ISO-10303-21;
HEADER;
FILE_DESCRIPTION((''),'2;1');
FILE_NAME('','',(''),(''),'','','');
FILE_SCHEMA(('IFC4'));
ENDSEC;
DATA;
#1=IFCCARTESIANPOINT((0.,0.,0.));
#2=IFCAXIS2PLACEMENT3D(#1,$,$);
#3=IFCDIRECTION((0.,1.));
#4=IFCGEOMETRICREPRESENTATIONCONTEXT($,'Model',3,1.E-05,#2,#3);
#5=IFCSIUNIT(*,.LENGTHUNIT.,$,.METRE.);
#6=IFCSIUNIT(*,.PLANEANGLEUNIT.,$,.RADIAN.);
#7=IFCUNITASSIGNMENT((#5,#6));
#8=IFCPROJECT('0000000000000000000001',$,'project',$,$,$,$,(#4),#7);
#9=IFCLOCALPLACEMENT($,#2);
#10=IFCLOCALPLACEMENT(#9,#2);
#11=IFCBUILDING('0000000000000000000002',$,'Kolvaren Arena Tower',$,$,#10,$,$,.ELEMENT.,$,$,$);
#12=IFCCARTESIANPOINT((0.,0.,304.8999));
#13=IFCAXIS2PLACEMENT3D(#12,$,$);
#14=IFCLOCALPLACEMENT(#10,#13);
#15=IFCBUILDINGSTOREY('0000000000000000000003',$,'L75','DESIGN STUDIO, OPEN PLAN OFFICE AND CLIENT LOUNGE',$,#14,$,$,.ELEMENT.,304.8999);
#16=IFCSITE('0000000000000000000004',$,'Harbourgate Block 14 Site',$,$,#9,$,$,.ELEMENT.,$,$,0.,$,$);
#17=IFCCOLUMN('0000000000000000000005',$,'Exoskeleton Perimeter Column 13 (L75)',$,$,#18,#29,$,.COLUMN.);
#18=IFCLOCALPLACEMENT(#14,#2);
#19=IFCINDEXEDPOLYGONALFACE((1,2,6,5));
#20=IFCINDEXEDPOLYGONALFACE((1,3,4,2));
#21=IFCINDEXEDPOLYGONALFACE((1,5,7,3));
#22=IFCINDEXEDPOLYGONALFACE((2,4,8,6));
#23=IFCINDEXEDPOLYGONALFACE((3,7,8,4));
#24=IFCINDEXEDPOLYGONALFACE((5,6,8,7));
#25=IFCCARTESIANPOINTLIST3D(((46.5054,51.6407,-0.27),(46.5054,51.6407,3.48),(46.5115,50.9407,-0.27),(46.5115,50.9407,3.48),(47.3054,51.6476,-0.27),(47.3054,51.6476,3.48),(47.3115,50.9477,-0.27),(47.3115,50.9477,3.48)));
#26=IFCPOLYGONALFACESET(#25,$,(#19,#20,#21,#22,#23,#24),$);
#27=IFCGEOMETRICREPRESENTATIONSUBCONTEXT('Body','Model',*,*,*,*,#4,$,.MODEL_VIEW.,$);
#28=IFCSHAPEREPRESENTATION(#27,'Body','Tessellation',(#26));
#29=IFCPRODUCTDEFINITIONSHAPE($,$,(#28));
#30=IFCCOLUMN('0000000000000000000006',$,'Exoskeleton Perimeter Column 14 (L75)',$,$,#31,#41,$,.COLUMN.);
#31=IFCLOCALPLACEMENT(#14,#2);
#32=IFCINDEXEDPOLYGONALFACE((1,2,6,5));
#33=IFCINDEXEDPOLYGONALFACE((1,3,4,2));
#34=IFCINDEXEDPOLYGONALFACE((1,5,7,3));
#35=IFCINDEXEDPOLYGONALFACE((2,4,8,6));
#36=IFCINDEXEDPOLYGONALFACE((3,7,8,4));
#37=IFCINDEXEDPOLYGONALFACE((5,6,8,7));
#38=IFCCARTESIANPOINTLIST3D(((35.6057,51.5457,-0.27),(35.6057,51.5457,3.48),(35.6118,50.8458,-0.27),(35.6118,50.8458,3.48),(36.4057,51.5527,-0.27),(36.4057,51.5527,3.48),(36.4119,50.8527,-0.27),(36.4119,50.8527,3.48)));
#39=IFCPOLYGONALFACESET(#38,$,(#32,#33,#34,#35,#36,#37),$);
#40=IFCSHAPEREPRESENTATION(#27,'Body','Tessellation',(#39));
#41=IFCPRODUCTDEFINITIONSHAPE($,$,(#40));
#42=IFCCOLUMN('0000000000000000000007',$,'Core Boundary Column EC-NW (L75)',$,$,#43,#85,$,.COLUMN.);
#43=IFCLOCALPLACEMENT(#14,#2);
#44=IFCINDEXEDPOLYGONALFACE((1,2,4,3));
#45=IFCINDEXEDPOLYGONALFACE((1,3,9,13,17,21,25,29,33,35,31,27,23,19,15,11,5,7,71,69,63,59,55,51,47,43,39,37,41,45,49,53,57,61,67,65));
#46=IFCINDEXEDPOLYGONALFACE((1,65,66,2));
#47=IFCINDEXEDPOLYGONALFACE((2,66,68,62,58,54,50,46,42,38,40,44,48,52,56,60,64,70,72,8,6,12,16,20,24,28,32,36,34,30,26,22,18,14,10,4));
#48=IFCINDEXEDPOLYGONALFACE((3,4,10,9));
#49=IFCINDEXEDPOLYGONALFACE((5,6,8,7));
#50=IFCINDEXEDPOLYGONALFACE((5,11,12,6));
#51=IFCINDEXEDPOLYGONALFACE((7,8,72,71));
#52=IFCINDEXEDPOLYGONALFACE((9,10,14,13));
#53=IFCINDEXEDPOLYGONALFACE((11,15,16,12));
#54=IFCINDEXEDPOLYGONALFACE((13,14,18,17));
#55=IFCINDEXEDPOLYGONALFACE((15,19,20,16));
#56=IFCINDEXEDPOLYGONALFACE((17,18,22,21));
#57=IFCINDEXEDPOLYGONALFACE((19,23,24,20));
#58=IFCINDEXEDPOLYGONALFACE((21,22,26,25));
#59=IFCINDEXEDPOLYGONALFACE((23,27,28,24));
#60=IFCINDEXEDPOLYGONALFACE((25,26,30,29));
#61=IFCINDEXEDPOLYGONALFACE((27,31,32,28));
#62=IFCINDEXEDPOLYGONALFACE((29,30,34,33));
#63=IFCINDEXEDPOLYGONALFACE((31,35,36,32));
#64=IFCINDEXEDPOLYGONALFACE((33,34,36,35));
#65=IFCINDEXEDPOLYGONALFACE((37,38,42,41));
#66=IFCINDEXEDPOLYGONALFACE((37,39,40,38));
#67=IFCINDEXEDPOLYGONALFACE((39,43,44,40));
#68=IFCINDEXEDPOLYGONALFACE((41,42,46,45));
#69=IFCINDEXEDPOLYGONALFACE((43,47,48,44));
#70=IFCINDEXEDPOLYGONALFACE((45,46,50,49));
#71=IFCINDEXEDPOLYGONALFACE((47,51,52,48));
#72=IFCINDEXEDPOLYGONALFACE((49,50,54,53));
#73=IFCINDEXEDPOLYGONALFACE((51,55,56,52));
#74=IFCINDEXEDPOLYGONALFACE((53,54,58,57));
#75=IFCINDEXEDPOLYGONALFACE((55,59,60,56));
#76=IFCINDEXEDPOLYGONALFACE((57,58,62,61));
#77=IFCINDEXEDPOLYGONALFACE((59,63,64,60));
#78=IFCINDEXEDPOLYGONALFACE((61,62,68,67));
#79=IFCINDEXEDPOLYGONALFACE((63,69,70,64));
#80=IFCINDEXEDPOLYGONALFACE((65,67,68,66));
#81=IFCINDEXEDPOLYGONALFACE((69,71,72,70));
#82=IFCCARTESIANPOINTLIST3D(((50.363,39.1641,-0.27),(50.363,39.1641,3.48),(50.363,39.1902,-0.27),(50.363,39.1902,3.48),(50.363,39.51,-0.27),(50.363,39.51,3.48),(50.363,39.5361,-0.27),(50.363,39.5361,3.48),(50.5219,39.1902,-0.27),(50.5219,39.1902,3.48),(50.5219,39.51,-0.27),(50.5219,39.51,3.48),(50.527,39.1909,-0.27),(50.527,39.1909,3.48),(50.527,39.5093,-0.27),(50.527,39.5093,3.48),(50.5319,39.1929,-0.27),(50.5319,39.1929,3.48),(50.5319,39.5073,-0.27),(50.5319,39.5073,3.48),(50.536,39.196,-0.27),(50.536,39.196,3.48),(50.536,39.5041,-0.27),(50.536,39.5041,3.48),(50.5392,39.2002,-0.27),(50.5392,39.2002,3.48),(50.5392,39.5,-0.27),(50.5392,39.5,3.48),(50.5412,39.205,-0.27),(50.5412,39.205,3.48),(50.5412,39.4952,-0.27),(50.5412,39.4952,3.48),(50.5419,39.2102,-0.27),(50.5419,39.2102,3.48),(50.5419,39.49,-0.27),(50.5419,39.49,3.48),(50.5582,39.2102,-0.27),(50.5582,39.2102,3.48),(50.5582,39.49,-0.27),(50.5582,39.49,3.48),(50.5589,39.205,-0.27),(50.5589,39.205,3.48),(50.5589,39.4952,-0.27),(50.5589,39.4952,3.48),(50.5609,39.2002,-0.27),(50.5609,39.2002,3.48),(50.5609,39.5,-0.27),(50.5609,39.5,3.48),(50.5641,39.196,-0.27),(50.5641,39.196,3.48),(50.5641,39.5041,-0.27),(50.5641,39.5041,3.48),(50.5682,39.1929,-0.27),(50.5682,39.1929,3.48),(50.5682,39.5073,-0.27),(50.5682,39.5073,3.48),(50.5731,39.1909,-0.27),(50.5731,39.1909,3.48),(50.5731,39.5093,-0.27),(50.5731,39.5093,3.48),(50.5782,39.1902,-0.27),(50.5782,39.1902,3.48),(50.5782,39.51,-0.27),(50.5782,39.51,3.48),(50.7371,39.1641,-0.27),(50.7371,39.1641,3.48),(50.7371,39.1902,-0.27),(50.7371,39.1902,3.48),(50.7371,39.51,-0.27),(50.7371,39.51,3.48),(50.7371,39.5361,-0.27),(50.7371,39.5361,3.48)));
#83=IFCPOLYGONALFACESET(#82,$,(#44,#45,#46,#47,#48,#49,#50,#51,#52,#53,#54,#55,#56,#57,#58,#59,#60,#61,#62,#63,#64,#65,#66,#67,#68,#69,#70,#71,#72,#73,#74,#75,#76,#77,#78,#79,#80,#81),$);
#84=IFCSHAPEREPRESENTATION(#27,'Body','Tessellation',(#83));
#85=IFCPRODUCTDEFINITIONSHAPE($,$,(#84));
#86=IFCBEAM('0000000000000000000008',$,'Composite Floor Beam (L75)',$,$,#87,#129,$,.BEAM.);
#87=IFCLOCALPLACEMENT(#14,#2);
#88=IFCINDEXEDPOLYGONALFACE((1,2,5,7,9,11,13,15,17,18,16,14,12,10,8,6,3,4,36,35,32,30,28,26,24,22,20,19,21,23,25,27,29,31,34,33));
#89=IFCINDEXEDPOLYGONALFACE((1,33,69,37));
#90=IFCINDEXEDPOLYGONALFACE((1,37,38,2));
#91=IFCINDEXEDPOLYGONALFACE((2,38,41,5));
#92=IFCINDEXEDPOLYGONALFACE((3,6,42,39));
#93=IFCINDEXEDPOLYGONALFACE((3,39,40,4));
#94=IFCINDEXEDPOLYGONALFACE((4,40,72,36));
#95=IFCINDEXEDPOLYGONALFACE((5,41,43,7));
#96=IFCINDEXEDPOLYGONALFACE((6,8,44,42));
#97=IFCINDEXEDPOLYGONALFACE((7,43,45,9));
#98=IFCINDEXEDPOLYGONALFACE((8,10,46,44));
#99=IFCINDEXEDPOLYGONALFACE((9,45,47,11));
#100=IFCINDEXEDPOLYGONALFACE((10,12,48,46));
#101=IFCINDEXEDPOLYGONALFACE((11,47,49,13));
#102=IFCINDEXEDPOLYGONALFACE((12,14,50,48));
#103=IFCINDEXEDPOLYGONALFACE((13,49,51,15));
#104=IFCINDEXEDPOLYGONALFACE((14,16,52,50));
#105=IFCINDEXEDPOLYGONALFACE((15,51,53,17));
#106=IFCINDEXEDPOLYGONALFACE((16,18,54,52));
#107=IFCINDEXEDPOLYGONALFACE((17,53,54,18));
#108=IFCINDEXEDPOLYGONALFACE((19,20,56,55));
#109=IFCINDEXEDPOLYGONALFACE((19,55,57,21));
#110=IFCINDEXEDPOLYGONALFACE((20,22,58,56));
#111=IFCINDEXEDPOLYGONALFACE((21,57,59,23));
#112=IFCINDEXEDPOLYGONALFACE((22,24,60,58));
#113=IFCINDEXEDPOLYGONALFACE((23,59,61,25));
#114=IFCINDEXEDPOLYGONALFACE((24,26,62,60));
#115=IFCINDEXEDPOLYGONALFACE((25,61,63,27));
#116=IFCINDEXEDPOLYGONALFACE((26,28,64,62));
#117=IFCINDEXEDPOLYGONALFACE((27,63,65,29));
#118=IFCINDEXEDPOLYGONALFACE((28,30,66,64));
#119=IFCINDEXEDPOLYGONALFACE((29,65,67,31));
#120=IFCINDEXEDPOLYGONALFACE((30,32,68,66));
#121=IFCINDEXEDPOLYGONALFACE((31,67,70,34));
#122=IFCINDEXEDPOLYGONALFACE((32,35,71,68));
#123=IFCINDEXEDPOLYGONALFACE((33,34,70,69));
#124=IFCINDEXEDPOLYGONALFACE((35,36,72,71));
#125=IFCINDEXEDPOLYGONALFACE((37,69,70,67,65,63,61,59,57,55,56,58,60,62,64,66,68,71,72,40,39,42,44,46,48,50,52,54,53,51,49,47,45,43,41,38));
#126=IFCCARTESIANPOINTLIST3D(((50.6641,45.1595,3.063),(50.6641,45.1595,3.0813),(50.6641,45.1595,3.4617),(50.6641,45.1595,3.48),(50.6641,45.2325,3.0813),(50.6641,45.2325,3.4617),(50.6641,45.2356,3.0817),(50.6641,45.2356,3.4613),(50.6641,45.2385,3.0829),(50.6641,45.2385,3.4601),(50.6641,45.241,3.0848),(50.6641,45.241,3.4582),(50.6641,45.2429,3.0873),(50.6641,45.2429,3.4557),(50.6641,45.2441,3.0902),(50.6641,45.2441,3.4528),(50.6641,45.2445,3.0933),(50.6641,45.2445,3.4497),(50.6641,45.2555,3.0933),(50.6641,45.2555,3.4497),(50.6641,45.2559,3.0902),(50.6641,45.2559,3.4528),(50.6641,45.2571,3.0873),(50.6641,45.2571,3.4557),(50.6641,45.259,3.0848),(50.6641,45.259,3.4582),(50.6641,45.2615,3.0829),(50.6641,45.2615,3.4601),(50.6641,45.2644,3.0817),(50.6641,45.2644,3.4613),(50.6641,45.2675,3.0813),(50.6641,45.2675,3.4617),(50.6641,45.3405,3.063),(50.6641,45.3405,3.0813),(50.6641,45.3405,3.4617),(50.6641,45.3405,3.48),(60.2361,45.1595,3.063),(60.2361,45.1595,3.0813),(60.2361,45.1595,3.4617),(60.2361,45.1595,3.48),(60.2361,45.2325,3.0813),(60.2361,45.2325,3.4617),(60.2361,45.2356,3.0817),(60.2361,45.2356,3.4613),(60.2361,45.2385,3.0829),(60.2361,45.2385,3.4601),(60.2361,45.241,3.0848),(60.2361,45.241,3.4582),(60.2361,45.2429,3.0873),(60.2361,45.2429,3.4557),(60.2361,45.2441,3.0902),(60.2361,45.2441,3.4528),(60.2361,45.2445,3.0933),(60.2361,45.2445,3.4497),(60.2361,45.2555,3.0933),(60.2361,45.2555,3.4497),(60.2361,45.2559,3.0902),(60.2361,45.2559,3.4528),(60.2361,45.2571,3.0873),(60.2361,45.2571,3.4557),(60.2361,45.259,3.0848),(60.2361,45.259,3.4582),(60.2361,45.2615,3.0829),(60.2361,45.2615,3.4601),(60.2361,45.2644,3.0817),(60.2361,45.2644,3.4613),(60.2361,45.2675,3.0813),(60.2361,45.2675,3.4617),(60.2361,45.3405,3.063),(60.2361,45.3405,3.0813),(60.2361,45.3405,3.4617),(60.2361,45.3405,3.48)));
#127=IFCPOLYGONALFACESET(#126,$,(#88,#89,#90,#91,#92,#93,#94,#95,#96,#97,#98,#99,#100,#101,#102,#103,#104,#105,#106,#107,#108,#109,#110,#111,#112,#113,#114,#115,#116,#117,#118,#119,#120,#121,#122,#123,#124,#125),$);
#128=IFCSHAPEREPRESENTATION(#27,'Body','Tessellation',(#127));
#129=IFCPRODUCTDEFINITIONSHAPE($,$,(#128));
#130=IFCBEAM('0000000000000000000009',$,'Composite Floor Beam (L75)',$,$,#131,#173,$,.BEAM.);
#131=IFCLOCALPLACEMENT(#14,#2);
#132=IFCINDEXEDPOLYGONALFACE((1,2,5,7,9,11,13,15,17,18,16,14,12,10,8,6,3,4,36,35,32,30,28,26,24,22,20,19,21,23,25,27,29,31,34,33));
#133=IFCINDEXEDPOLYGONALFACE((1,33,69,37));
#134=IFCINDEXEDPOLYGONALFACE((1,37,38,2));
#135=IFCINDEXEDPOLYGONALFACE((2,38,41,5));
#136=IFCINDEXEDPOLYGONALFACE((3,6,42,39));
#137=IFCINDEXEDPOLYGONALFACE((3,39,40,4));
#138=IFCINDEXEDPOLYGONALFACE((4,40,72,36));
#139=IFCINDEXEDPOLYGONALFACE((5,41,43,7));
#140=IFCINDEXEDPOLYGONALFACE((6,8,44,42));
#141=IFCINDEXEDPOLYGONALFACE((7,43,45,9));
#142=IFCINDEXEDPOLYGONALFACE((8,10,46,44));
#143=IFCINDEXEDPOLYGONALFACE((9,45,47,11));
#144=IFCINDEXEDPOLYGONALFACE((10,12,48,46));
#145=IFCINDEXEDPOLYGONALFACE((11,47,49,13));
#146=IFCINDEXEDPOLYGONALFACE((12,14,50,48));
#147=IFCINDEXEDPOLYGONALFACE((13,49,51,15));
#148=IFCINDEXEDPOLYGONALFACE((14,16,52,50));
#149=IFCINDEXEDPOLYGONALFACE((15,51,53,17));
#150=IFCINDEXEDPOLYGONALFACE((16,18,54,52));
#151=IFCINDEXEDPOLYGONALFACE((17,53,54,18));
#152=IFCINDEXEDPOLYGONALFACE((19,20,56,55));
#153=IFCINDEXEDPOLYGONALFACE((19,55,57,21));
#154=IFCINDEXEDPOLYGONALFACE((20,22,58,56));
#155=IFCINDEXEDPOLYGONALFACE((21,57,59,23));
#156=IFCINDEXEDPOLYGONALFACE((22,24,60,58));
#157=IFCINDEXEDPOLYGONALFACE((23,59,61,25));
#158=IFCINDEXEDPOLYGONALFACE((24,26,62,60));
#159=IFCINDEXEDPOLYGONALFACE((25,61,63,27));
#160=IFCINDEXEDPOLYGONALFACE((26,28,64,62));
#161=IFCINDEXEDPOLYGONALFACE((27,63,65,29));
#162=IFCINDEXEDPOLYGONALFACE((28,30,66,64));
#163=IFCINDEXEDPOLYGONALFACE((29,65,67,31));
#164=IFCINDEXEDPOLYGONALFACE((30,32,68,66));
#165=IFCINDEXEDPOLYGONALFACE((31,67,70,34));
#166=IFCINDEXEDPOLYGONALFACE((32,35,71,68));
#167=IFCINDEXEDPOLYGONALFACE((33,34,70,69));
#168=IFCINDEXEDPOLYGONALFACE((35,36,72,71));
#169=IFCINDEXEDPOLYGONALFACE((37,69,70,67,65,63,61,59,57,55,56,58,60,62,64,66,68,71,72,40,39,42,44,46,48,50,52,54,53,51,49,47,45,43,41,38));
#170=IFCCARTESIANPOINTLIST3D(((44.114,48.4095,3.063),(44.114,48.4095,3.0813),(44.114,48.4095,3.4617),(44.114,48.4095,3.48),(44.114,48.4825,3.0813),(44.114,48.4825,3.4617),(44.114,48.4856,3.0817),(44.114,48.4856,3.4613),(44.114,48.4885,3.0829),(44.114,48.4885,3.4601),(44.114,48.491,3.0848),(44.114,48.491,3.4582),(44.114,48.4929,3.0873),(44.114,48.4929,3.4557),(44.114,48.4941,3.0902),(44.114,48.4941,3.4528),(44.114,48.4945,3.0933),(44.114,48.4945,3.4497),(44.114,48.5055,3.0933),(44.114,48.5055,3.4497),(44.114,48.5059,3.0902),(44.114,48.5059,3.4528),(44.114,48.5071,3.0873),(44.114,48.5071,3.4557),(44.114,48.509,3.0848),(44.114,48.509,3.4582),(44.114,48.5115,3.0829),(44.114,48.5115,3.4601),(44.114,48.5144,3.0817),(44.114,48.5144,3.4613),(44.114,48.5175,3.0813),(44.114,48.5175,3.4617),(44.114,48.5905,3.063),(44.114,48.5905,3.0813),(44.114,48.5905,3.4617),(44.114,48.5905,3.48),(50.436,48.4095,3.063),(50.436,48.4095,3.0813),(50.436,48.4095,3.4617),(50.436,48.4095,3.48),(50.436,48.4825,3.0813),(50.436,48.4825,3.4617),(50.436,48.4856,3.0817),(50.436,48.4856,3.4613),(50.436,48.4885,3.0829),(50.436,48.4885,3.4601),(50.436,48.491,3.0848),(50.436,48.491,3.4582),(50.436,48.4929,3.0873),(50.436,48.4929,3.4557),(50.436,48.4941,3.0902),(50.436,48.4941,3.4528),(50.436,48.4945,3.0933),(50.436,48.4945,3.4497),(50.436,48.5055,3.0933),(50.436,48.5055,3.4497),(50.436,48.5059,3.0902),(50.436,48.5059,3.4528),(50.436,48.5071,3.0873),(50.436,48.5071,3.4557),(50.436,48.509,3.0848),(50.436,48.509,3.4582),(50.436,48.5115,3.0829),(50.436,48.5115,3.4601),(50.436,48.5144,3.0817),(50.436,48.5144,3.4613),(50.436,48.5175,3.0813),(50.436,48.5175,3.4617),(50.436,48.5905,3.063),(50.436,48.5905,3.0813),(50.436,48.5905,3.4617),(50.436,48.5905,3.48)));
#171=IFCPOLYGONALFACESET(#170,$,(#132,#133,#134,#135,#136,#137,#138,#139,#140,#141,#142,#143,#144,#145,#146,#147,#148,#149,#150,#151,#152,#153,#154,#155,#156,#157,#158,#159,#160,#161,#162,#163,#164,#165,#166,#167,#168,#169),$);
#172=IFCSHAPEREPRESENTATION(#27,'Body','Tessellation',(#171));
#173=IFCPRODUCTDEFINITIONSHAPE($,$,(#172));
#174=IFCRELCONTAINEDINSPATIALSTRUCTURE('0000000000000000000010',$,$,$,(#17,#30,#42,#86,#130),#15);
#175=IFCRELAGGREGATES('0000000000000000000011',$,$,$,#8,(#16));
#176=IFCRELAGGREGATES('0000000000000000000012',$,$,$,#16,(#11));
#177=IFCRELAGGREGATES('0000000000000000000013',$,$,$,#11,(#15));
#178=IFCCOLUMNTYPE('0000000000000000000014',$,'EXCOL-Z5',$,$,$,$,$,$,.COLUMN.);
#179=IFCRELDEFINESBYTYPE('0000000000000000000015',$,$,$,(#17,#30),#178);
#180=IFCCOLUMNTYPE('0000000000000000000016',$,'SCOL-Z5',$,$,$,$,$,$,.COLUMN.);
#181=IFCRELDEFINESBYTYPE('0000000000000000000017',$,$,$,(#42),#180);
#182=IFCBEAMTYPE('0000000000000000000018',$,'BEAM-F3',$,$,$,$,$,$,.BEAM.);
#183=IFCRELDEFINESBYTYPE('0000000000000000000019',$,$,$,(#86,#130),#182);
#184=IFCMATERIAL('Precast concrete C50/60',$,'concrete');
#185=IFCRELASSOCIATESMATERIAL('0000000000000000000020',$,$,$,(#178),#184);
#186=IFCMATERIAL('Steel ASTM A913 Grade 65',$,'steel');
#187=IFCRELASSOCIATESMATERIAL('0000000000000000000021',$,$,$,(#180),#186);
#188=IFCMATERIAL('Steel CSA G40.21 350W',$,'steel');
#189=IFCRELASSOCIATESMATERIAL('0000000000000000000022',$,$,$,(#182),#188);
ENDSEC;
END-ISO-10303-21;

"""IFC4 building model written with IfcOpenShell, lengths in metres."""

from ifc_helpers import new_model, si_unit, direction, frame, origin, origin_2d, place, context, subcontext, project, spatial, rectangle, i_section, extrude, material, material_profile, profile_set, type_object, element, save


model = new_model("IFC4")

# Units and contexts
model_context = context("Model", 3, precision=1e-05, world=origin(), true_north=direction((0.0, 1.0)))
body_context = subcontext(model_context, "Body", "Model", "MODEL_VIEW")
ifc_project = project(units=[si_unit("LENGTHUNIT", "METRE"), si_unit("PLANEANGLEUNIT", "RADIAN")], contexts=[model_context])

# Site, building, storey
site_placement = place(None, origin())
site = spatial("IfcSite", under=ifc_project, at=site_placement, Name="Harbourgate Block 14 Site", CompositionType="ELEMENT", RefElevation=0.0)
building_placement = place(site_placement, origin())
building = spatial("IfcBuilding", under=site, at=building_placement, Name="Kolvaren Arena Tower", CompositionType="ELEMENT")
storey_placement = place(building_placement, frame((0.0, 0.0, 304.8999)))
storey = spatial("IfcBuildingStorey", under=building, at=storey_placement, Name="L75", Description="DESIGN STUDIO, OPEN PLAN OFFICE AND CLIENT LOUNGE", CompositionType="ELEMENT", Elevation=304.8999)

# Columns
ifc_material_1 = material(Name="Precast concrete C50/60", Category="concrete")
ifc_material_profile_1 = material_profile(ifc_material_1, rectangle(XDim=0.8, YDim=0.7, at=origin_2d()), Name="RC-800x700")
ifc_profile_set_1 = profile_set([ifc_material_profile_1], Name="Precast concrete C50/60")
column_type_1 = type_object("IfcColumnType", Name="EXCOL-Z5", PredefinedType="COLUMN", material=ifc_profile_set_1)
for number, where, z_axis, x_axis, name in (
    (1, (46.9084, 51.2942, -0.27), (0.0, 0.0, 1.0), (0.999962, 0.008727, 0.0), "Exoskeleton Perimeter Column 13 (L75)"),
    (2, (36.0088, 51.1992, -0.27), (0.0, 0.0, 1.0), (0.999962, 0.008727, 0.0), "Exoskeleton Perimeter Column 14 (L75)"),
):
    element("IfcColumn", number, at=place(storey_placement, frame(where, z_axis=z_axis, x_axis=x_axis)), inside=storey, type_object=column_type_1, Name=name, PredefinedType="COLUMN", context=body_context, shape_type="SweptSolid", body=[
        extrude(rectangle(XDim=0.8, YDim=0.7, at=origin_2d()), origin(), (0.0, 0.0, 1.0), 3.75),
    ])
ifc_material_2 = material(Name="Steel ASTM A913 Grade 65", Category="steel")
ifc_material_profile_2 = material_profile(ifc_material_2, i_section(OverallWidth=0.374, OverallDepth=0.3721, WebThickness=0.0164, FlangeThickness=0.0261, FilletRadius=0.02, at=origin_2d()), Name="W360x196")
ifc_profile_set_2 = profile_set([ifc_material_profile_2], Name="Steel ASTM A913 Grade 65")
column_type_2 = type_object("IfcColumnType", Name="SCOL-Z5", PredefinedType="COLUMN", material=ifc_profile_set_2)
column_placement = place(storey_placement, frame((50.55, 39.3501, -0.27), z_axis=(0.0, 0.0, 1.0), x_axis=(1.0, 0.0, 0.0)))
element("IfcColumn", 3, at=column_placement, inside=storey, type_object=column_type_2, Name="Core Boundary Column EC-NW (L75)", PredefinedType="COLUMN", context=body_context, shape_type="SweptSolid", body=[
    extrude(i_section(OverallWidth=0.374, OverallDepth=0.3721, WebThickness=0.0164, FlangeThickness=0.0261, FilletRadius=0.02, at=origin_2d()), origin(), (0.0, 0.0, 1.0), 3.75),
])

# Beams
ifc_material_3 = material(Name="Steel CSA G40.21 350W", Category="steel")
ifc_material_profile_3 = material_profile(ifc_material_3, i_section(OverallWidth=0.1809, OverallDepth=0.417, WebThickness=0.011, FlangeThickness=0.0183, FilletRadius=0.012, at=origin_2d()), Name="W410x85")
ifc_profile_set_3 = profile_set([ifc_material_profile_3], Name="Steel CSA G40.21 350W")
beam_type_1 = type_object("IfcBeamType", Name="BEAM-F3", PredefinedType="BEAM", material=ifc_profile_set_3)
beam_1_placement = place(storey_placement, frame((50.6641, 45.25, 3.2715), z_axis=(1.0, 0.0, 0.0), x_axis=(0.0, 1.0, 0.0)))
element("IfcBeam", 4, at=beam_1_placement, inside=storey, type_object=beam_type_1, Name="Composite Floor Beam (L75)", PredefinedType="BEAM", context=body_context, shape_type="SweptSolid", body=[
    extrude(i_section(OverallWidth=0.1809, OverallDepth=0.417, WebThickness=0.011, FlangeThickness=0.0183, FilletRadius=0.012, at=origin_2d()), origin(), (0.0, 0.0, 1.0), 9.572),
])
beam_2_placement = place(storey_placement, frame((44.114, 48.5, 3.2715), z_axis=(1.0, 0.0, 0.0), x_axis=(0.0, 1.0, 0.0)))
element("IfcBeam", 5, at=beam_2_placement, inside=storey, type_object=beam_type_1, Name="Composite Floor Beam (L75)", PredefinedType="BEAM", context=body_context, shape_type="SweptSolid", body=[
    extrude(i_section(OverallWidth=0.1809, OverallDepth=0.417, WebThickness=0.011, FlangeThickness=0.0183, FilletRadius=0.012, at=origin_2d()), origin(), (0.0, 0.0, 1.0), 6.322),
])

save(model, "model.ifc")
